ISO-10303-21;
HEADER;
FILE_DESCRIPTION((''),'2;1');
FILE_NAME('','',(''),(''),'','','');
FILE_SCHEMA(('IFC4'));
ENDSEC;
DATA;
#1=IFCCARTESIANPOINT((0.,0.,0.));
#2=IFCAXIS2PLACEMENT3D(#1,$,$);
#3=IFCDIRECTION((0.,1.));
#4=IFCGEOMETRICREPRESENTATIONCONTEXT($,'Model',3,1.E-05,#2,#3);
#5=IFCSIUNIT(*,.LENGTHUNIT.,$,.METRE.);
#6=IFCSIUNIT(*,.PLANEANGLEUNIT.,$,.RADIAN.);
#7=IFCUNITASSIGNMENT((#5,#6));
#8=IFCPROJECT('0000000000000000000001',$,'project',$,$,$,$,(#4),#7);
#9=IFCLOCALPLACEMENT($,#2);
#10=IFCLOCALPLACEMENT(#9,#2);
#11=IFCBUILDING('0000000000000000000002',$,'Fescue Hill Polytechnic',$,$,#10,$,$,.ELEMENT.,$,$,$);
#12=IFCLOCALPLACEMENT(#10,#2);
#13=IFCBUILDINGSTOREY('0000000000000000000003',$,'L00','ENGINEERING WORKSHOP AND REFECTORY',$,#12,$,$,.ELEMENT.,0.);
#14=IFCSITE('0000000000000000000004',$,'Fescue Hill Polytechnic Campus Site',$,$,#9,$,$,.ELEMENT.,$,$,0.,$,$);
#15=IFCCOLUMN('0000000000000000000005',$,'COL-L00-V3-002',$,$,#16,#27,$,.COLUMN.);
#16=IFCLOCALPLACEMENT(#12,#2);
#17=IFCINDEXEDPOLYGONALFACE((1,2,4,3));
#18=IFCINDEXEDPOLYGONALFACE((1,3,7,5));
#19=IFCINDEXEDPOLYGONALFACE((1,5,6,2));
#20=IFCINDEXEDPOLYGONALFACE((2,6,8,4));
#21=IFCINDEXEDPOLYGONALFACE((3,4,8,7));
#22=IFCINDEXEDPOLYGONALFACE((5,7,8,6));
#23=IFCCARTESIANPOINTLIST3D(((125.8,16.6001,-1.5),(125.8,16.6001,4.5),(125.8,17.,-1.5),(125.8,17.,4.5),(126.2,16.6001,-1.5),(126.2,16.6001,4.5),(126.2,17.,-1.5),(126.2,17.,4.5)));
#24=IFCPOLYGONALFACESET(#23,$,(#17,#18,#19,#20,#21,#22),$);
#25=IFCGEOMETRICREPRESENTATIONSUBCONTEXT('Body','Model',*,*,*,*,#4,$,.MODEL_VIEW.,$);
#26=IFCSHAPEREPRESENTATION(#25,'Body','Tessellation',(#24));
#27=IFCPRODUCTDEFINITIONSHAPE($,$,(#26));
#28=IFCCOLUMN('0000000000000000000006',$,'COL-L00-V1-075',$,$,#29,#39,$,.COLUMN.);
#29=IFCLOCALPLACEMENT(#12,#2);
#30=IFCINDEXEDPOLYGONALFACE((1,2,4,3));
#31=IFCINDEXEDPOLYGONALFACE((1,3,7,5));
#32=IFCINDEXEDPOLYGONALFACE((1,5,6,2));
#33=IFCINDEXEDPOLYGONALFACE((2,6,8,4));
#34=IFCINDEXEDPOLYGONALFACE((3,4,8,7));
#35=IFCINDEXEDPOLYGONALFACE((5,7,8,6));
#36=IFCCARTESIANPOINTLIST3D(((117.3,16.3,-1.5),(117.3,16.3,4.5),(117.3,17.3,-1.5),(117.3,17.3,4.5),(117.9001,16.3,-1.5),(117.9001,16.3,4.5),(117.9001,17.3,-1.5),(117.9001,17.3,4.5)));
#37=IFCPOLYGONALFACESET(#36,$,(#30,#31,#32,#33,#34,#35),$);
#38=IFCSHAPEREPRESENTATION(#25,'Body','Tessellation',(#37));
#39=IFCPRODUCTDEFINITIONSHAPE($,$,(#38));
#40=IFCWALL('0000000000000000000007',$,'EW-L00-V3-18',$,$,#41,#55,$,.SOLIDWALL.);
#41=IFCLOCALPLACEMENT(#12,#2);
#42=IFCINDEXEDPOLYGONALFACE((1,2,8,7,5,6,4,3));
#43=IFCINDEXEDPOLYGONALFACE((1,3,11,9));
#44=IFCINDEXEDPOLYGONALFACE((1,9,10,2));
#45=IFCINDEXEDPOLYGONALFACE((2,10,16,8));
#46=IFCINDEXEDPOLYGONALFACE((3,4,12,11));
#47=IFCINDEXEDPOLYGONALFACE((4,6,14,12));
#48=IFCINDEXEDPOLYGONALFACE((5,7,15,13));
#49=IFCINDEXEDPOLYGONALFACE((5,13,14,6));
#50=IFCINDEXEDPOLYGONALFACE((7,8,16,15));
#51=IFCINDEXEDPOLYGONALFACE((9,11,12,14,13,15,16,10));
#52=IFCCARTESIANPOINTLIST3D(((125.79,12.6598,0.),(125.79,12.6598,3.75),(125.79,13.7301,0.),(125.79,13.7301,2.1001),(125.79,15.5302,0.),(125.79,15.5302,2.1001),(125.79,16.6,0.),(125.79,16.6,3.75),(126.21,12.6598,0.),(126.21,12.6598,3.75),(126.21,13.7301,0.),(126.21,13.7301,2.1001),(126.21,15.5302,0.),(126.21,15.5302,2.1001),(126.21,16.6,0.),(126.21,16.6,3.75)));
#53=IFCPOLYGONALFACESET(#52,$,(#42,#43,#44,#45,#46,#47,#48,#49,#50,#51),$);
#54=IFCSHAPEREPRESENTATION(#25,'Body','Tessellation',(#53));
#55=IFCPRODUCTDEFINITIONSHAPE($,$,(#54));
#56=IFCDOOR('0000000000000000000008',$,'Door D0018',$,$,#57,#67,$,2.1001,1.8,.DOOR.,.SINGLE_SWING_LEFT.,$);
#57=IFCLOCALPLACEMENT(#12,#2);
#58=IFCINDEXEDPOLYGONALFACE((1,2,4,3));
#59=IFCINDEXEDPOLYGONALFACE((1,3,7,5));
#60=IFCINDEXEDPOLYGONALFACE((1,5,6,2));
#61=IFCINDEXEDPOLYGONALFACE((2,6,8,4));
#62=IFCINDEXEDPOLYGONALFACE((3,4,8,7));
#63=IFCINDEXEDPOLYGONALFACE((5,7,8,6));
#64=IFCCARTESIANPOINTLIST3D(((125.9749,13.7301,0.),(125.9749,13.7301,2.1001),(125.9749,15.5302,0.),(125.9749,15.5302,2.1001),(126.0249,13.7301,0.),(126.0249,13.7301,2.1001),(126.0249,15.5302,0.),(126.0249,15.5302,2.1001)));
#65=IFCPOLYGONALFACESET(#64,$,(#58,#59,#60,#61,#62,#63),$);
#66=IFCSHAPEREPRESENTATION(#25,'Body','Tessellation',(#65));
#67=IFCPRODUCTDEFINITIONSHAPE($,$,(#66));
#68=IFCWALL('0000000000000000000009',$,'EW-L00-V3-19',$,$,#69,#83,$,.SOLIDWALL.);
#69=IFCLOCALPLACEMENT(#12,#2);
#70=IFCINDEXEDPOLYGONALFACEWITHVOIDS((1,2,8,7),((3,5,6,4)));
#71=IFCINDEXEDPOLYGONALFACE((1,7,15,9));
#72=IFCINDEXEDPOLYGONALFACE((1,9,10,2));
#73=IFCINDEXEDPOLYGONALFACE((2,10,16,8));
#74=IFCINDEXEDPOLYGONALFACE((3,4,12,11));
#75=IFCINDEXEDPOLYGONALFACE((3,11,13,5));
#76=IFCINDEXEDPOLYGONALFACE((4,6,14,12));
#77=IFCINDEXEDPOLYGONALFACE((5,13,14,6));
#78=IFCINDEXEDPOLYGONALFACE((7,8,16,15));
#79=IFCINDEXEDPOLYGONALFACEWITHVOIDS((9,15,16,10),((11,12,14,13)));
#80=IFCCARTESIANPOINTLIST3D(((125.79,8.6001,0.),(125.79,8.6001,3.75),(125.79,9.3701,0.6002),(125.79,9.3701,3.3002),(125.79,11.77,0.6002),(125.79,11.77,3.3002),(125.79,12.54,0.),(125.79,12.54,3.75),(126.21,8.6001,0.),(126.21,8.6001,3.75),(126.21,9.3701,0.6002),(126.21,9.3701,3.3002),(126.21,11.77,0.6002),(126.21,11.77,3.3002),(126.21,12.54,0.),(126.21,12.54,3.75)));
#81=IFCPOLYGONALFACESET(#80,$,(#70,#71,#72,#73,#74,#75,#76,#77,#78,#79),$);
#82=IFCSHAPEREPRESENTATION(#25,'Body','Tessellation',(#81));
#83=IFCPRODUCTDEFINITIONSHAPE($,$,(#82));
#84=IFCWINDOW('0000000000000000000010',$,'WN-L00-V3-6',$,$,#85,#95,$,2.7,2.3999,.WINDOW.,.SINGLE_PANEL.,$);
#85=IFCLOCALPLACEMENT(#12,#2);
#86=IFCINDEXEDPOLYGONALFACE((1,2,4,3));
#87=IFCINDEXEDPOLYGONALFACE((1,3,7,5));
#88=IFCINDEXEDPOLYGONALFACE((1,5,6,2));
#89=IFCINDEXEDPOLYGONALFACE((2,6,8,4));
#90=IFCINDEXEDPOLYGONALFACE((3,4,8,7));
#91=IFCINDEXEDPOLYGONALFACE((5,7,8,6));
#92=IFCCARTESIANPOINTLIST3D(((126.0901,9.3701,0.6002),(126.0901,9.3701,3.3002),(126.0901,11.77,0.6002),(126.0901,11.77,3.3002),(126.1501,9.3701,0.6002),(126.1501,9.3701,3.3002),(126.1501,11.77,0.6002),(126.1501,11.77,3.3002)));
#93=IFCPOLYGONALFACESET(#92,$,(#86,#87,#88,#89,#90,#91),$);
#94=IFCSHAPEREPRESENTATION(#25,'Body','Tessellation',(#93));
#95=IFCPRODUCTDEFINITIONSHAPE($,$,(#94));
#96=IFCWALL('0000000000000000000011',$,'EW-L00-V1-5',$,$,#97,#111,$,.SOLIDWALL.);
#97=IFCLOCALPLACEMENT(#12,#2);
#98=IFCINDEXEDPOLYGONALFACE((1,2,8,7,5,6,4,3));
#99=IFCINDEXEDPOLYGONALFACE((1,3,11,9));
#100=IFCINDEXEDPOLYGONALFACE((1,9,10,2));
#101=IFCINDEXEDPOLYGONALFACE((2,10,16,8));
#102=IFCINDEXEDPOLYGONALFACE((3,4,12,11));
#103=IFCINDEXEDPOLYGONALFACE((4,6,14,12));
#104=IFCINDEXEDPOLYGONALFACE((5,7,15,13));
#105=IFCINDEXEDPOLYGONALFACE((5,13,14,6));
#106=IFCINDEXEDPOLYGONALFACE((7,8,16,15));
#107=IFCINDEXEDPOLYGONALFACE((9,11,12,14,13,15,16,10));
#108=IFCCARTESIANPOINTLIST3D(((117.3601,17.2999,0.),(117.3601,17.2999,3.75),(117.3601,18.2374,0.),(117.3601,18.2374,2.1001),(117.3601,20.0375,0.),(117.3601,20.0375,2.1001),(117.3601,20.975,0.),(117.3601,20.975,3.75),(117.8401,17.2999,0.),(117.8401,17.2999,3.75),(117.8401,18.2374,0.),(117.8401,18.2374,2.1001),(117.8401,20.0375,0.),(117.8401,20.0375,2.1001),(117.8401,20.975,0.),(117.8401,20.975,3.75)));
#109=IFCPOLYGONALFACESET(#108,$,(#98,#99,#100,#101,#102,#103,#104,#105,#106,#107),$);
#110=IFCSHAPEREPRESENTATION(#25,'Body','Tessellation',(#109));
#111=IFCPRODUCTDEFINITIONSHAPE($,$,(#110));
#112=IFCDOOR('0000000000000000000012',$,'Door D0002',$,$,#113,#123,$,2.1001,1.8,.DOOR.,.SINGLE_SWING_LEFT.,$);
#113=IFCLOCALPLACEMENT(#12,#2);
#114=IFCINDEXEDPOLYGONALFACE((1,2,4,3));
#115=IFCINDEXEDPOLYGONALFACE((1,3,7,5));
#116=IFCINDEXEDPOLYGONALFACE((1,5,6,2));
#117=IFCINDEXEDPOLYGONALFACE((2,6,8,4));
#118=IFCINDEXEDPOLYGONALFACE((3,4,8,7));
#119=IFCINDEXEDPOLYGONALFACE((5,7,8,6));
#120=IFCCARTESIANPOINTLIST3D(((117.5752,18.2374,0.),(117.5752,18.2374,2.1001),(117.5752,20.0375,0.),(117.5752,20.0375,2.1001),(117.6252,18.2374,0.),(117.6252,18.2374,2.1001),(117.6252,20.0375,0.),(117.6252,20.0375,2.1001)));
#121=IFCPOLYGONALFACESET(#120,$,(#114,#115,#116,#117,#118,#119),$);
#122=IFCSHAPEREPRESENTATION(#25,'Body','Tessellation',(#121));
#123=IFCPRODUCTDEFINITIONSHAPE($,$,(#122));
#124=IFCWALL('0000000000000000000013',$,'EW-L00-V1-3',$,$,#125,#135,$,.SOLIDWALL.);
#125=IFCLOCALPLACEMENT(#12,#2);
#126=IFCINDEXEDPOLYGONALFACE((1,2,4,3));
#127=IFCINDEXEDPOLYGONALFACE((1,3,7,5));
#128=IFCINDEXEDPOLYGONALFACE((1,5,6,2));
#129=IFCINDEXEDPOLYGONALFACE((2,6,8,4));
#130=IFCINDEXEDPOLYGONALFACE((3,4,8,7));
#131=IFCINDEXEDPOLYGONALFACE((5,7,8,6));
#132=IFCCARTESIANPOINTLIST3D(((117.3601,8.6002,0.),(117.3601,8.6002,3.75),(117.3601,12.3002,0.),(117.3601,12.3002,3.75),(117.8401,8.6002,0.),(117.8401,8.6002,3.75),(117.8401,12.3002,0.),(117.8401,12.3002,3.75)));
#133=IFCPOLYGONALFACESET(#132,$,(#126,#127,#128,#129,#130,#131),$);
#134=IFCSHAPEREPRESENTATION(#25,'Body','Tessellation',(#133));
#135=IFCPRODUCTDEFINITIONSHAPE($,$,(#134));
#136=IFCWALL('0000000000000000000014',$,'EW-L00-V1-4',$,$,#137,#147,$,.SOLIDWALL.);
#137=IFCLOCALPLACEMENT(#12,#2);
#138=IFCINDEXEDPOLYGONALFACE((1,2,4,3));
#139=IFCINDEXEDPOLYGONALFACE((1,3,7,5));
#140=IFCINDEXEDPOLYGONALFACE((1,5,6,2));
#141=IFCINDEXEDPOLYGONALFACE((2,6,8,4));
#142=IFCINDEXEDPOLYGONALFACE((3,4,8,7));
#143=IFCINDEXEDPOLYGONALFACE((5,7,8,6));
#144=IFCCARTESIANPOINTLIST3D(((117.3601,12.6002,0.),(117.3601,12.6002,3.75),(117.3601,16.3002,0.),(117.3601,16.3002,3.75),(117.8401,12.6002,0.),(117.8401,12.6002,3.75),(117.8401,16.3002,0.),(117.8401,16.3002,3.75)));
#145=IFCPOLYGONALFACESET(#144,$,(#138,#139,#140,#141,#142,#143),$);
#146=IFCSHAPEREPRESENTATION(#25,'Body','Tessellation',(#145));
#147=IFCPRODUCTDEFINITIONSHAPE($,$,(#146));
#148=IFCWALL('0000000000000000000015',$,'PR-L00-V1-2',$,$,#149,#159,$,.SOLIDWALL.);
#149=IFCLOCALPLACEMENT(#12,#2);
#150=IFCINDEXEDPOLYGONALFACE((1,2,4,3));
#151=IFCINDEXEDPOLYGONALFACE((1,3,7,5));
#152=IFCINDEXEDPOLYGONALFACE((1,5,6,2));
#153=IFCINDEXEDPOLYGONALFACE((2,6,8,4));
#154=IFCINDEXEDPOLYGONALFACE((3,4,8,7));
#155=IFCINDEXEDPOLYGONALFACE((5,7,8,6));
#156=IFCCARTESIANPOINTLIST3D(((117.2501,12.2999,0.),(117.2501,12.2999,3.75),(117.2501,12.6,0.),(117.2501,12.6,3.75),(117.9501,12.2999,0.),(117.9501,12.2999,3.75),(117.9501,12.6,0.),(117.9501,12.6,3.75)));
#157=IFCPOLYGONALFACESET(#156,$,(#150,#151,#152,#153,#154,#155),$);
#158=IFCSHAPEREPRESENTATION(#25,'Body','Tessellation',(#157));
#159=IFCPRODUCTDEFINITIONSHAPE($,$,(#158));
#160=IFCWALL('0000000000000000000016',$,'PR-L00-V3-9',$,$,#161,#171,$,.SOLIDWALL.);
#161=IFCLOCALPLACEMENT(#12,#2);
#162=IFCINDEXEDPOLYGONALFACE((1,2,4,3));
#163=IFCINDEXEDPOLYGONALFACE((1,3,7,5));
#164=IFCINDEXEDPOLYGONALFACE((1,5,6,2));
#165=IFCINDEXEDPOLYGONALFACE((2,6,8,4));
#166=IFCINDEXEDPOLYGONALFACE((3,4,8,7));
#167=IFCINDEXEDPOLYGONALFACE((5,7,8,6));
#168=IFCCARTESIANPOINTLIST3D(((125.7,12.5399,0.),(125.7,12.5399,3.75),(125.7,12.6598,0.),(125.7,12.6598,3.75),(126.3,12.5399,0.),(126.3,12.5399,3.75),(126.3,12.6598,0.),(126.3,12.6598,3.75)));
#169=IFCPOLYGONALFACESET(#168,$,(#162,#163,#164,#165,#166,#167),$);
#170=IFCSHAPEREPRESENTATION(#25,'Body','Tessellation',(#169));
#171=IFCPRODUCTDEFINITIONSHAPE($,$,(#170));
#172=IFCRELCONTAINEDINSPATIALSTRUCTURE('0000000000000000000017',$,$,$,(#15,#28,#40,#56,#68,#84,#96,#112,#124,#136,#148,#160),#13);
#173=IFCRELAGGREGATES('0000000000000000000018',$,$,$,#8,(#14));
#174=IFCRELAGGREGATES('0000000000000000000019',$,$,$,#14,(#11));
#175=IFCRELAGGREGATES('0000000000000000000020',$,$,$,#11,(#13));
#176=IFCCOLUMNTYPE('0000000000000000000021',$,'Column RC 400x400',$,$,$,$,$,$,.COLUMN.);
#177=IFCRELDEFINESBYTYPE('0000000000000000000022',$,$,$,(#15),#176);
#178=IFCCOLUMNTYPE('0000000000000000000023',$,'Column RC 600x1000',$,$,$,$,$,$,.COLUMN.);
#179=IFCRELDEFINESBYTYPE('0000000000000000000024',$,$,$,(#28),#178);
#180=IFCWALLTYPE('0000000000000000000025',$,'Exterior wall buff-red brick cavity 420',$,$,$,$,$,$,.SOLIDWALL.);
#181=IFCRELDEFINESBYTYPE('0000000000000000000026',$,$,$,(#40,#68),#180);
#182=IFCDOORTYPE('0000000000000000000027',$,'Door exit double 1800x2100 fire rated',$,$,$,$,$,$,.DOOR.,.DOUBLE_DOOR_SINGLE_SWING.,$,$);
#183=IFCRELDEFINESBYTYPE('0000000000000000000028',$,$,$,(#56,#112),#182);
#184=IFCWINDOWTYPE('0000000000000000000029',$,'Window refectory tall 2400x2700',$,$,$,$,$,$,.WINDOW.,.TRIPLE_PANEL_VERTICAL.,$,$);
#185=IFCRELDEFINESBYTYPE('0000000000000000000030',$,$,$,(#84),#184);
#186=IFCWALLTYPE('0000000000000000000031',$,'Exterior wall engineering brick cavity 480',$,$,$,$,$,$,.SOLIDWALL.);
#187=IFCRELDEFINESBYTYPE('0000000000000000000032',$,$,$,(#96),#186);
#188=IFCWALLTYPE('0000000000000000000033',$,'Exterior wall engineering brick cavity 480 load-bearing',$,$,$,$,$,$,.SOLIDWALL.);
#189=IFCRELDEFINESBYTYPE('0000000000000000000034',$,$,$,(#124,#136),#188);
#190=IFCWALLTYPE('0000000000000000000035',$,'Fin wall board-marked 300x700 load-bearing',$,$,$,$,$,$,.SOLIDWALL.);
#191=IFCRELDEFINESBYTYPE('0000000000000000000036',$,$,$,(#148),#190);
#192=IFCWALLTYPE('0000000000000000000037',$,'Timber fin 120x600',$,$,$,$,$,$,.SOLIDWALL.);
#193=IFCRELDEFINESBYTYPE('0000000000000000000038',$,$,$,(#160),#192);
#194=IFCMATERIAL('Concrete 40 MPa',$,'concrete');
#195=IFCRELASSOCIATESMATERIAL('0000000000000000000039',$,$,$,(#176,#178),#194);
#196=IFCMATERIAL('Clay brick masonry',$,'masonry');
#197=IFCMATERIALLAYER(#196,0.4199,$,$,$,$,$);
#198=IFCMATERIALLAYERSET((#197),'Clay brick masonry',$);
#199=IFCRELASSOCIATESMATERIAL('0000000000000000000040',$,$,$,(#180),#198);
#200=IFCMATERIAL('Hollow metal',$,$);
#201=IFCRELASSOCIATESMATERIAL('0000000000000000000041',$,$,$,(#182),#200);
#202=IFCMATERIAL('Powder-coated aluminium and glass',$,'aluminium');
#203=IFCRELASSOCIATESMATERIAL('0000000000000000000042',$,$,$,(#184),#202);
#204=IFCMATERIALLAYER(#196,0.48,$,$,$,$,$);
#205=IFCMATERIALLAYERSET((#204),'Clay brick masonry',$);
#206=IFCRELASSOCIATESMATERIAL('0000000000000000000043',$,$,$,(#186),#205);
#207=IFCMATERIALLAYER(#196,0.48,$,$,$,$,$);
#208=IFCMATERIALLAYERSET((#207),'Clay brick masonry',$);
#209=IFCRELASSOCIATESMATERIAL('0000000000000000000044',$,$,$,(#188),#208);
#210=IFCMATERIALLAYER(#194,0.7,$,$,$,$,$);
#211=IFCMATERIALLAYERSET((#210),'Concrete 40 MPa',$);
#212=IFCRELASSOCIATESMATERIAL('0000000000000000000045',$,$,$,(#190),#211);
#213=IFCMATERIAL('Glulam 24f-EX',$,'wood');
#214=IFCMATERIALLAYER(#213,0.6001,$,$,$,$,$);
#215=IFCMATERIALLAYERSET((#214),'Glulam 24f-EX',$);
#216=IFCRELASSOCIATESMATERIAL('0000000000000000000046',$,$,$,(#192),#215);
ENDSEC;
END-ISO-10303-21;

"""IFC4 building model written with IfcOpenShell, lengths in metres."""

from ifc_helpers import new_model, si_unit, direction, frame, frame_2d, origin, origin_2d, place, context, subcontext, project, spatial, rectangle, extrude, material, layer, layer_set, material_profile, profile_set, type_object, element, fill, save


model = new_model("IFC4")

# Units and contexts
model_context = context("Model", 3, precision=1e-05, world=origin(), true_north=direction((0.0, 1.0)))
body_context = subcontext(model_context, "Body", "Model", "MODEL_VIEW")
ifc_project = project(units=[si_unit("LENGTHUNIT", "METRE"), si_unit("PLANEANGLEUNIT", "RADIAN")], contexts=[model_context])

# Site, building, storey
site_placement = place(None, origin())
site = spatial("IfcSite", under=ifc_project, at=site_placement, Name="Fescue Hill Polytechnic Campus Site", CompositionType="ELEMENT", RefElevation=0.0)
building_placement = place(site_placement, origin())
building = spatial("IfcBuilding", under=site, at=building_placement, Name="Fescue Hill Polytechnic", CompositionType="ELEMENT")
storey_placement = place(building_placement, origin())
storey = spatial("IfcBuildingStorey", under=building, at=storey_placement, Name="L00", Description="ENGINEERING WORKSHOP AND REFECTORY", CompositionType="ELEMENT", Elevation=0.0)

# Columns
ifc_material_1 = material(Name="Concrete 40 MPa", Category="concrete")
ifc_material_profile_1 = material_profile(ifc_material_1, rectangle(XDim=0.3999, YDim=0.3999, at=origin_2d()), Name="RC 400x400")
ifc_profile_set_1 = profile_set([ifc_material_profile_1], Name="Concrete 40 MPa")
column_type_1 = type_object("IfcColumnType", Name="Column RC 400x400", PredefinedType="COLUMN", material=ifc_profile_set_1)
column_1_placement = place(storey_placement, frame((126.0, 16.8, -1.5), z_axis=(0.0, 0.0, 1.0), x_axis=(1.0, 0.0, 0.0)))
element("IfcColumn", 1, at=column_1_placement, inside=storey, type_object=column_type_1, Name="COL-L00-V3-002", PredefinedType="COLUMN", context=body_context, shape_type="SweptSolid", body=[
    extrude(rectangle(XDim=0.3999, YDim=0.3999, at=origin_2d()), origin(), (0.0, 0.0, 1.0), 6.0),
])
ifc_material_profile_2 = material_profile(ifc_material_1, rectangle(XDim=0.6001, YDim=1.0, at=origin_2d()), Name="RC 600x1000")
ifc_profile_set_2 = profile_set([ifc_material_profile_2], Name="Concrete 40 MPa")
column_type_2 = type_object("IfcColumnType", Name="Column RC 600x1000", PredefinedType="COLUMN", material=ifc_profile_set_2)
column_2_placement = place(storey_placement, frame((117.6001, 16.8, -1.5), z_axis=(0.0, 0.0, 1.0), x_axis=(1.0, 0.0, 0.0)))
element("IfcColumn", 2, at=column_2_placement, inside=storey, type_object=column_type_2, Name="COL-L00-V1-075", PredefinedType="COLUMN", context=body_context, shape_type="SweptSolid", body=[
    extrude(rectangle(XDim=0.6001, YDim=1.0, at=origin_2d()), origin(), (0.0, 0.0, 1.0), 6.0),
])

# Wall, opening, door
ifc_material_2 = material(Name="Clay brick masonry", Category="masonry")
ifc_layer_1 = layer(ifc_material_2, 0.4199)
ifc_layer_set_1 = layer_set([ifc_layer_1], Name="Clay brick masonry")
wall_type_1 = type_object("IfcWallType", Name="Exterior wall buff-red brick cavity 420", PredefinedType="SOLIDWALL", material=ifc_layer_set_1)
wall_1_placement = place(storey_placement, frame((126.0, 16.6001, 0.0), z_axis=(0.0, 0.0, 1.0), x_axis=(0.0, -1.0, 0.0)))
wall_1 = element("IfcWall", 3, at=wall_1_placement, inside=storey, type_object=wall_type_1, Name="EW-L00-V3-18", PredefinedType="SOLIDWALL", context=body_context, shape_type="SweptSolid", body=[
    extrude(rectangle(XDim=3.9402, YDim=0.4199, at=frame_2d((1.9702, 0.0))), origin(), (0.0, 0.0, 1.0), 3.75),
])
opening_1_placement = place(wall_1_placement, frame((1.0701, 0.0, 0.0)))
opening_1 = element("IfcOpeningElement", 4, at=opening_1_placement, cuts=wall_1, PredefinedType="OPENING", context=body_context, shape_type="SweptSolid", body=[
    extrude(rectangle(XDim=1.8, YDim=2.1001, at=frame_2d((0.8999, 1.05))), frame((0.0, 0.22, 0.0), z_axis=(0.0, -1.0, 0.0), x_axis=(1.0, 0.0, 0.0)), (0.0, 0.0, 1.0), 0.4399),
])
ifc_material_3 = material(Name="Hollow metal")
door_type = type_object("IfcDoorType", Name="Door exit double 1800x2100 fire rated", OperationType="DOUBLE_DOOR_SINGLE_SWING", PredefinedType="DOOR", material=ifc_material_3)
door_1_placement = place(opening_1_placement, origin())
door_1 = element("IfcDoor", 5, at=door_1_placement, inside=storey, type_object=door_type, Name="Door D0018", OperationType="SINGLE_SWING_LEFT", OverallHeight=2.1001, OverallWidth=1.8, PredefinedType="DOOR", context=body_context, shape_type="SweptSolid", body=[
    extrude(rectangle(XDim=1.8, YDim=2.1001, at=frame_2d((0.8999, 1.05))), frame((0.0, 0.0249, 0.0), z_axis=(0.0, -1.0, 0.0), x_axis=(1.0, 0.0, 0.0)), (0.0, 0.0, 1.0), 0.05),
])
fill(opening_1, door_1)

# Wall, opening, window
wall_2_placement = place(storey_placement, frame((126.0, 12.54, 0.0), z_axis=(0.0, 0.0, 1.0), x_axis=(0.0, -1.0, 0.0)))
wall_2 = element("IfcWall", 6, at=wall_2_placement, inside=storey, type_object=wall_type_1, Name="EW-L00-V3-19", PredefinedType="SOLIDWALL", context=body_context, shape_type="SweptSolid", body=[
    extrude(rectangle(XDim=3.9399, YDim=0.4199, at=frame_2d((1.97, 0.0))), origin(), (0.0, 0.0, 1.0), 3.75),
])
opening_2_placement = place(wall_2_placement, frame((0.77, 0.0, 0.6001)))
opening_2 = element("IfcOpeningElement", 7, at=opening_2_placement, cuts=wall_2, PredefinedType="OPENING", context=body_context, shape_type="SweptSolid", body=[
    extrude(rectangle(XDim=2.3999, YDim=2.7, at=frame_2d((1.2, 1.3501))), frame((0.0, 0.22, 0.0), z_axis=(0.0, -1.0, 0.0), x_axis=(1.0, 0.0, 0.0)), (0.0, 0.0, 1.0), 0.4399),
])
ifc_material_4 = material(Name="Powder-coated aluminium and glass", Category="aluminium")
window_type = type_object("IfcWindowType", Name="Window refectory tall 2400x2700", PartitioningType="TRIPLE_PANEL_VERTICAL", PredefinedType="WINDOW", material=ifc_material_4)
window_placement = place(opening_2_placement, origin())
window = element("IfcWindow", 8, at=window_placement, inside=storey, type_object=window_type, Name="WN-L00-V3-6", OverallHeight=2.7, OverallWidth=2.3999, PartitioningType="SINGLE_PANEL", PredefinedType="WINDOW", context=body_context, shape_type="SweptSolid", body=[
    extrude(rectangle(XDim=2.3999, YDim=2.7, at=frame_2d((1.2, 1.3501))), frame((0.0, 0.1501, 0.0), z_axis=(0.0, -1.0, 0.0), x_axis=(1.0, 0.0, 0.0)), (0.0, 0.0, 1.0), 0.0601),
])
fill(opening_2, window)

# Wall, opening, door
ifc_layer_2 = layer(ifc_material_2, 0.48)
ifc_layer_set_2 = layer_set([ifc_layer_2], Name="Clay brick masonry")
wall_type_2 = type_object("IfcWallType", Name="Exterior wall engineering brick cavity 480", PredefinedType="SOLIDWALL", material=ifc_layer_set_2)
wall_3_placement = place(storey_placement, frame((117.6001, 17.3, 0.0), z_axis=(0.0, 0.0, 1.0), x_axis=(0.0, 1.0, 0.0)))
wall_3 = element("IfcWall", 9, at=wall_3_placement, inside=storey, type_object=wall_type_2, Name="EW-L00-V1-5", PredefinedType="SOLIDWALL", context=body_context, shape_type="SweptSolid", body=[
    extrude(rectangle(XDim=3.675, YDim=0.48, at=frame_2d((1.8374, 0.0))), origin(), (0.0, 0.0, 1.0), 3.75),
])
opening_3_placement = place(wall_3_placement, frame((0.9375, 0.0, 0.0)))
opening_3 = element("IfcOpeningElement", 10, at=opening_3_placement, cuts=wall_3, PredefinedType="OPENING", context=body_context, shape_type="SweptSolid", body=[
    extrude(rectangle(XDim=1.8, YDim=2.1001, at=frame_2d((0.8999, 1.05))), frame((0.0, 0.25, 0.0), z_axis=(0.0, -1.0, 0.0), x_axis=(1.0, 0.0, 0.0)), (0.0, 0.0, 1.0), 0.5),
])
door_2_placement = place(opening_3_placement, origin())
door_2 = element("IfcDoor", 11, at=door_2_placement, inside=storey, type_object=door_type, Name="Door D0002", OperationType="SINGLE_SWING_LEFT", OverallHeight=2.1001, OverallWidth=1.8, PredefinedType="DOOR", context=body_context, shape_type="SweptSolid", body=[
    extrude(rectangle(XDim=1.8, YDim=2.1001, at=frame_2d((0.8999, 1.05))), frame((0.0, 0.0249, 0.0), z_axis=(0.0, -1.0, 0.0), x_axis=(1.0, 0.0, 0.0)), (0.0, 0.0, 1.0), 0.05),
])
fill(opening_3, door_2)

# Walls
ifc_layer_3 = layer(ifc_material_2, 0.48)
ifc_layer_set_3 = layer_set([ifc_layer_3], Name="Clay brick masonry")
wall_type_3 = type_object("IfcWallType", Name="Exterior wall engineering brick cavity 480 load-bearing", PredefinedType="SOLIDWALL", material=ifc_layer_set_3)
for number, where, z_axis, x_axis, name in (
    (12, (117.6001, 8.6001, 0.0), (0.0, 0.0, 1.0), (0.0, 1.0, 0.0), "EW-L00-V1-3"),
    (13, (117.6001, 12.6001, 0.0), (0.0, 0.0, 1.0), (0.0, 1.0, 0.0), "EW-L00-V1-4"),
):
    element("IfcWall", number, at=place(storey_placement, frame(where, z_axis=z_axis, x_axis=x_axis)), inside=storey, type_object=wall_type_3, Name=name, PredefinedType="SOLIDWALL", context=body_context, shape_type="SweptSolid", body=[
        extrude(rectangle(XDim=3.7, YDim=0.48, at=frame_2d((1.8501, 0.0))), origin(), (0.0, 0.0, 1.0), 3.75),
    ])
ifc_layer_4 = layer(ifc_material_1, 0.7)
ifc_layer_set_4 = layer_set([ifc_layer_4], Name="Concrete 40 MPa")
wall_type_4 = type_object("IfcWallType", Name="Fin wall board-marked 300x700 load-bearing", PredefinedType="SOLIDWALL", material=ifc_layer_set_4)
wall_4_placement = place(storey_placement, frame((117.6001, 12.3, 0.0), z_axis=(0.0, 0.0, 1.0), x_axis=(0.0, 1.0, 0.0)))
element("IfcWall", 14, at=wall_4_placement, inside=storey, type_object=wall_type_4, Name="PR-L00-V1-2", PredefinedType="SOLIDWALL", context=body_context, shape_type="SweptSolid", body=[
    extrude(rectangle(XDim=0.3, YDim=0.7, at=frame_2d((0.1499, 0.0))), origin(), (0.0, 0.0, 1.0), 3.75),
])
ifc_material_5 = material(Name="Glulam 24f-EX", Category="wood")
ifc_layer_5 = layer(ifc_material_5, 0.6001)
ifc_layer_set_5 = layer_set([ifc_layer_5], Name="Glulam 24f-EX")
wall_type_5 = type_object("IfcWallType", Name="Timber fin 120x600", PredefinedType="SOLIDWALL", material=ifc_layer_set_5)
wall_5_placement = place(storey_placement, frame((126.0, 12.6599, 0.0), z_axis=(0.0, 0.0, 1.0), x_axis=(0.0, -1.0, 0.0)))
element("IfcWall", 15, at=wall_5_placement, inside=storey, type_object=wall_type_5, Name="PR-L00-V3-9", PredefinedType="SOLIDWALL", context=body_context, shape_type="SweptSolid", body=[
    extrude(rectangle(XDim=0.1199, YDim=0.6001, at=frame_2d((0.0601, 0.0))), origin(), (0.0, 0.0, 1.0), 3.75),
])

save(model, "model.ifc")
